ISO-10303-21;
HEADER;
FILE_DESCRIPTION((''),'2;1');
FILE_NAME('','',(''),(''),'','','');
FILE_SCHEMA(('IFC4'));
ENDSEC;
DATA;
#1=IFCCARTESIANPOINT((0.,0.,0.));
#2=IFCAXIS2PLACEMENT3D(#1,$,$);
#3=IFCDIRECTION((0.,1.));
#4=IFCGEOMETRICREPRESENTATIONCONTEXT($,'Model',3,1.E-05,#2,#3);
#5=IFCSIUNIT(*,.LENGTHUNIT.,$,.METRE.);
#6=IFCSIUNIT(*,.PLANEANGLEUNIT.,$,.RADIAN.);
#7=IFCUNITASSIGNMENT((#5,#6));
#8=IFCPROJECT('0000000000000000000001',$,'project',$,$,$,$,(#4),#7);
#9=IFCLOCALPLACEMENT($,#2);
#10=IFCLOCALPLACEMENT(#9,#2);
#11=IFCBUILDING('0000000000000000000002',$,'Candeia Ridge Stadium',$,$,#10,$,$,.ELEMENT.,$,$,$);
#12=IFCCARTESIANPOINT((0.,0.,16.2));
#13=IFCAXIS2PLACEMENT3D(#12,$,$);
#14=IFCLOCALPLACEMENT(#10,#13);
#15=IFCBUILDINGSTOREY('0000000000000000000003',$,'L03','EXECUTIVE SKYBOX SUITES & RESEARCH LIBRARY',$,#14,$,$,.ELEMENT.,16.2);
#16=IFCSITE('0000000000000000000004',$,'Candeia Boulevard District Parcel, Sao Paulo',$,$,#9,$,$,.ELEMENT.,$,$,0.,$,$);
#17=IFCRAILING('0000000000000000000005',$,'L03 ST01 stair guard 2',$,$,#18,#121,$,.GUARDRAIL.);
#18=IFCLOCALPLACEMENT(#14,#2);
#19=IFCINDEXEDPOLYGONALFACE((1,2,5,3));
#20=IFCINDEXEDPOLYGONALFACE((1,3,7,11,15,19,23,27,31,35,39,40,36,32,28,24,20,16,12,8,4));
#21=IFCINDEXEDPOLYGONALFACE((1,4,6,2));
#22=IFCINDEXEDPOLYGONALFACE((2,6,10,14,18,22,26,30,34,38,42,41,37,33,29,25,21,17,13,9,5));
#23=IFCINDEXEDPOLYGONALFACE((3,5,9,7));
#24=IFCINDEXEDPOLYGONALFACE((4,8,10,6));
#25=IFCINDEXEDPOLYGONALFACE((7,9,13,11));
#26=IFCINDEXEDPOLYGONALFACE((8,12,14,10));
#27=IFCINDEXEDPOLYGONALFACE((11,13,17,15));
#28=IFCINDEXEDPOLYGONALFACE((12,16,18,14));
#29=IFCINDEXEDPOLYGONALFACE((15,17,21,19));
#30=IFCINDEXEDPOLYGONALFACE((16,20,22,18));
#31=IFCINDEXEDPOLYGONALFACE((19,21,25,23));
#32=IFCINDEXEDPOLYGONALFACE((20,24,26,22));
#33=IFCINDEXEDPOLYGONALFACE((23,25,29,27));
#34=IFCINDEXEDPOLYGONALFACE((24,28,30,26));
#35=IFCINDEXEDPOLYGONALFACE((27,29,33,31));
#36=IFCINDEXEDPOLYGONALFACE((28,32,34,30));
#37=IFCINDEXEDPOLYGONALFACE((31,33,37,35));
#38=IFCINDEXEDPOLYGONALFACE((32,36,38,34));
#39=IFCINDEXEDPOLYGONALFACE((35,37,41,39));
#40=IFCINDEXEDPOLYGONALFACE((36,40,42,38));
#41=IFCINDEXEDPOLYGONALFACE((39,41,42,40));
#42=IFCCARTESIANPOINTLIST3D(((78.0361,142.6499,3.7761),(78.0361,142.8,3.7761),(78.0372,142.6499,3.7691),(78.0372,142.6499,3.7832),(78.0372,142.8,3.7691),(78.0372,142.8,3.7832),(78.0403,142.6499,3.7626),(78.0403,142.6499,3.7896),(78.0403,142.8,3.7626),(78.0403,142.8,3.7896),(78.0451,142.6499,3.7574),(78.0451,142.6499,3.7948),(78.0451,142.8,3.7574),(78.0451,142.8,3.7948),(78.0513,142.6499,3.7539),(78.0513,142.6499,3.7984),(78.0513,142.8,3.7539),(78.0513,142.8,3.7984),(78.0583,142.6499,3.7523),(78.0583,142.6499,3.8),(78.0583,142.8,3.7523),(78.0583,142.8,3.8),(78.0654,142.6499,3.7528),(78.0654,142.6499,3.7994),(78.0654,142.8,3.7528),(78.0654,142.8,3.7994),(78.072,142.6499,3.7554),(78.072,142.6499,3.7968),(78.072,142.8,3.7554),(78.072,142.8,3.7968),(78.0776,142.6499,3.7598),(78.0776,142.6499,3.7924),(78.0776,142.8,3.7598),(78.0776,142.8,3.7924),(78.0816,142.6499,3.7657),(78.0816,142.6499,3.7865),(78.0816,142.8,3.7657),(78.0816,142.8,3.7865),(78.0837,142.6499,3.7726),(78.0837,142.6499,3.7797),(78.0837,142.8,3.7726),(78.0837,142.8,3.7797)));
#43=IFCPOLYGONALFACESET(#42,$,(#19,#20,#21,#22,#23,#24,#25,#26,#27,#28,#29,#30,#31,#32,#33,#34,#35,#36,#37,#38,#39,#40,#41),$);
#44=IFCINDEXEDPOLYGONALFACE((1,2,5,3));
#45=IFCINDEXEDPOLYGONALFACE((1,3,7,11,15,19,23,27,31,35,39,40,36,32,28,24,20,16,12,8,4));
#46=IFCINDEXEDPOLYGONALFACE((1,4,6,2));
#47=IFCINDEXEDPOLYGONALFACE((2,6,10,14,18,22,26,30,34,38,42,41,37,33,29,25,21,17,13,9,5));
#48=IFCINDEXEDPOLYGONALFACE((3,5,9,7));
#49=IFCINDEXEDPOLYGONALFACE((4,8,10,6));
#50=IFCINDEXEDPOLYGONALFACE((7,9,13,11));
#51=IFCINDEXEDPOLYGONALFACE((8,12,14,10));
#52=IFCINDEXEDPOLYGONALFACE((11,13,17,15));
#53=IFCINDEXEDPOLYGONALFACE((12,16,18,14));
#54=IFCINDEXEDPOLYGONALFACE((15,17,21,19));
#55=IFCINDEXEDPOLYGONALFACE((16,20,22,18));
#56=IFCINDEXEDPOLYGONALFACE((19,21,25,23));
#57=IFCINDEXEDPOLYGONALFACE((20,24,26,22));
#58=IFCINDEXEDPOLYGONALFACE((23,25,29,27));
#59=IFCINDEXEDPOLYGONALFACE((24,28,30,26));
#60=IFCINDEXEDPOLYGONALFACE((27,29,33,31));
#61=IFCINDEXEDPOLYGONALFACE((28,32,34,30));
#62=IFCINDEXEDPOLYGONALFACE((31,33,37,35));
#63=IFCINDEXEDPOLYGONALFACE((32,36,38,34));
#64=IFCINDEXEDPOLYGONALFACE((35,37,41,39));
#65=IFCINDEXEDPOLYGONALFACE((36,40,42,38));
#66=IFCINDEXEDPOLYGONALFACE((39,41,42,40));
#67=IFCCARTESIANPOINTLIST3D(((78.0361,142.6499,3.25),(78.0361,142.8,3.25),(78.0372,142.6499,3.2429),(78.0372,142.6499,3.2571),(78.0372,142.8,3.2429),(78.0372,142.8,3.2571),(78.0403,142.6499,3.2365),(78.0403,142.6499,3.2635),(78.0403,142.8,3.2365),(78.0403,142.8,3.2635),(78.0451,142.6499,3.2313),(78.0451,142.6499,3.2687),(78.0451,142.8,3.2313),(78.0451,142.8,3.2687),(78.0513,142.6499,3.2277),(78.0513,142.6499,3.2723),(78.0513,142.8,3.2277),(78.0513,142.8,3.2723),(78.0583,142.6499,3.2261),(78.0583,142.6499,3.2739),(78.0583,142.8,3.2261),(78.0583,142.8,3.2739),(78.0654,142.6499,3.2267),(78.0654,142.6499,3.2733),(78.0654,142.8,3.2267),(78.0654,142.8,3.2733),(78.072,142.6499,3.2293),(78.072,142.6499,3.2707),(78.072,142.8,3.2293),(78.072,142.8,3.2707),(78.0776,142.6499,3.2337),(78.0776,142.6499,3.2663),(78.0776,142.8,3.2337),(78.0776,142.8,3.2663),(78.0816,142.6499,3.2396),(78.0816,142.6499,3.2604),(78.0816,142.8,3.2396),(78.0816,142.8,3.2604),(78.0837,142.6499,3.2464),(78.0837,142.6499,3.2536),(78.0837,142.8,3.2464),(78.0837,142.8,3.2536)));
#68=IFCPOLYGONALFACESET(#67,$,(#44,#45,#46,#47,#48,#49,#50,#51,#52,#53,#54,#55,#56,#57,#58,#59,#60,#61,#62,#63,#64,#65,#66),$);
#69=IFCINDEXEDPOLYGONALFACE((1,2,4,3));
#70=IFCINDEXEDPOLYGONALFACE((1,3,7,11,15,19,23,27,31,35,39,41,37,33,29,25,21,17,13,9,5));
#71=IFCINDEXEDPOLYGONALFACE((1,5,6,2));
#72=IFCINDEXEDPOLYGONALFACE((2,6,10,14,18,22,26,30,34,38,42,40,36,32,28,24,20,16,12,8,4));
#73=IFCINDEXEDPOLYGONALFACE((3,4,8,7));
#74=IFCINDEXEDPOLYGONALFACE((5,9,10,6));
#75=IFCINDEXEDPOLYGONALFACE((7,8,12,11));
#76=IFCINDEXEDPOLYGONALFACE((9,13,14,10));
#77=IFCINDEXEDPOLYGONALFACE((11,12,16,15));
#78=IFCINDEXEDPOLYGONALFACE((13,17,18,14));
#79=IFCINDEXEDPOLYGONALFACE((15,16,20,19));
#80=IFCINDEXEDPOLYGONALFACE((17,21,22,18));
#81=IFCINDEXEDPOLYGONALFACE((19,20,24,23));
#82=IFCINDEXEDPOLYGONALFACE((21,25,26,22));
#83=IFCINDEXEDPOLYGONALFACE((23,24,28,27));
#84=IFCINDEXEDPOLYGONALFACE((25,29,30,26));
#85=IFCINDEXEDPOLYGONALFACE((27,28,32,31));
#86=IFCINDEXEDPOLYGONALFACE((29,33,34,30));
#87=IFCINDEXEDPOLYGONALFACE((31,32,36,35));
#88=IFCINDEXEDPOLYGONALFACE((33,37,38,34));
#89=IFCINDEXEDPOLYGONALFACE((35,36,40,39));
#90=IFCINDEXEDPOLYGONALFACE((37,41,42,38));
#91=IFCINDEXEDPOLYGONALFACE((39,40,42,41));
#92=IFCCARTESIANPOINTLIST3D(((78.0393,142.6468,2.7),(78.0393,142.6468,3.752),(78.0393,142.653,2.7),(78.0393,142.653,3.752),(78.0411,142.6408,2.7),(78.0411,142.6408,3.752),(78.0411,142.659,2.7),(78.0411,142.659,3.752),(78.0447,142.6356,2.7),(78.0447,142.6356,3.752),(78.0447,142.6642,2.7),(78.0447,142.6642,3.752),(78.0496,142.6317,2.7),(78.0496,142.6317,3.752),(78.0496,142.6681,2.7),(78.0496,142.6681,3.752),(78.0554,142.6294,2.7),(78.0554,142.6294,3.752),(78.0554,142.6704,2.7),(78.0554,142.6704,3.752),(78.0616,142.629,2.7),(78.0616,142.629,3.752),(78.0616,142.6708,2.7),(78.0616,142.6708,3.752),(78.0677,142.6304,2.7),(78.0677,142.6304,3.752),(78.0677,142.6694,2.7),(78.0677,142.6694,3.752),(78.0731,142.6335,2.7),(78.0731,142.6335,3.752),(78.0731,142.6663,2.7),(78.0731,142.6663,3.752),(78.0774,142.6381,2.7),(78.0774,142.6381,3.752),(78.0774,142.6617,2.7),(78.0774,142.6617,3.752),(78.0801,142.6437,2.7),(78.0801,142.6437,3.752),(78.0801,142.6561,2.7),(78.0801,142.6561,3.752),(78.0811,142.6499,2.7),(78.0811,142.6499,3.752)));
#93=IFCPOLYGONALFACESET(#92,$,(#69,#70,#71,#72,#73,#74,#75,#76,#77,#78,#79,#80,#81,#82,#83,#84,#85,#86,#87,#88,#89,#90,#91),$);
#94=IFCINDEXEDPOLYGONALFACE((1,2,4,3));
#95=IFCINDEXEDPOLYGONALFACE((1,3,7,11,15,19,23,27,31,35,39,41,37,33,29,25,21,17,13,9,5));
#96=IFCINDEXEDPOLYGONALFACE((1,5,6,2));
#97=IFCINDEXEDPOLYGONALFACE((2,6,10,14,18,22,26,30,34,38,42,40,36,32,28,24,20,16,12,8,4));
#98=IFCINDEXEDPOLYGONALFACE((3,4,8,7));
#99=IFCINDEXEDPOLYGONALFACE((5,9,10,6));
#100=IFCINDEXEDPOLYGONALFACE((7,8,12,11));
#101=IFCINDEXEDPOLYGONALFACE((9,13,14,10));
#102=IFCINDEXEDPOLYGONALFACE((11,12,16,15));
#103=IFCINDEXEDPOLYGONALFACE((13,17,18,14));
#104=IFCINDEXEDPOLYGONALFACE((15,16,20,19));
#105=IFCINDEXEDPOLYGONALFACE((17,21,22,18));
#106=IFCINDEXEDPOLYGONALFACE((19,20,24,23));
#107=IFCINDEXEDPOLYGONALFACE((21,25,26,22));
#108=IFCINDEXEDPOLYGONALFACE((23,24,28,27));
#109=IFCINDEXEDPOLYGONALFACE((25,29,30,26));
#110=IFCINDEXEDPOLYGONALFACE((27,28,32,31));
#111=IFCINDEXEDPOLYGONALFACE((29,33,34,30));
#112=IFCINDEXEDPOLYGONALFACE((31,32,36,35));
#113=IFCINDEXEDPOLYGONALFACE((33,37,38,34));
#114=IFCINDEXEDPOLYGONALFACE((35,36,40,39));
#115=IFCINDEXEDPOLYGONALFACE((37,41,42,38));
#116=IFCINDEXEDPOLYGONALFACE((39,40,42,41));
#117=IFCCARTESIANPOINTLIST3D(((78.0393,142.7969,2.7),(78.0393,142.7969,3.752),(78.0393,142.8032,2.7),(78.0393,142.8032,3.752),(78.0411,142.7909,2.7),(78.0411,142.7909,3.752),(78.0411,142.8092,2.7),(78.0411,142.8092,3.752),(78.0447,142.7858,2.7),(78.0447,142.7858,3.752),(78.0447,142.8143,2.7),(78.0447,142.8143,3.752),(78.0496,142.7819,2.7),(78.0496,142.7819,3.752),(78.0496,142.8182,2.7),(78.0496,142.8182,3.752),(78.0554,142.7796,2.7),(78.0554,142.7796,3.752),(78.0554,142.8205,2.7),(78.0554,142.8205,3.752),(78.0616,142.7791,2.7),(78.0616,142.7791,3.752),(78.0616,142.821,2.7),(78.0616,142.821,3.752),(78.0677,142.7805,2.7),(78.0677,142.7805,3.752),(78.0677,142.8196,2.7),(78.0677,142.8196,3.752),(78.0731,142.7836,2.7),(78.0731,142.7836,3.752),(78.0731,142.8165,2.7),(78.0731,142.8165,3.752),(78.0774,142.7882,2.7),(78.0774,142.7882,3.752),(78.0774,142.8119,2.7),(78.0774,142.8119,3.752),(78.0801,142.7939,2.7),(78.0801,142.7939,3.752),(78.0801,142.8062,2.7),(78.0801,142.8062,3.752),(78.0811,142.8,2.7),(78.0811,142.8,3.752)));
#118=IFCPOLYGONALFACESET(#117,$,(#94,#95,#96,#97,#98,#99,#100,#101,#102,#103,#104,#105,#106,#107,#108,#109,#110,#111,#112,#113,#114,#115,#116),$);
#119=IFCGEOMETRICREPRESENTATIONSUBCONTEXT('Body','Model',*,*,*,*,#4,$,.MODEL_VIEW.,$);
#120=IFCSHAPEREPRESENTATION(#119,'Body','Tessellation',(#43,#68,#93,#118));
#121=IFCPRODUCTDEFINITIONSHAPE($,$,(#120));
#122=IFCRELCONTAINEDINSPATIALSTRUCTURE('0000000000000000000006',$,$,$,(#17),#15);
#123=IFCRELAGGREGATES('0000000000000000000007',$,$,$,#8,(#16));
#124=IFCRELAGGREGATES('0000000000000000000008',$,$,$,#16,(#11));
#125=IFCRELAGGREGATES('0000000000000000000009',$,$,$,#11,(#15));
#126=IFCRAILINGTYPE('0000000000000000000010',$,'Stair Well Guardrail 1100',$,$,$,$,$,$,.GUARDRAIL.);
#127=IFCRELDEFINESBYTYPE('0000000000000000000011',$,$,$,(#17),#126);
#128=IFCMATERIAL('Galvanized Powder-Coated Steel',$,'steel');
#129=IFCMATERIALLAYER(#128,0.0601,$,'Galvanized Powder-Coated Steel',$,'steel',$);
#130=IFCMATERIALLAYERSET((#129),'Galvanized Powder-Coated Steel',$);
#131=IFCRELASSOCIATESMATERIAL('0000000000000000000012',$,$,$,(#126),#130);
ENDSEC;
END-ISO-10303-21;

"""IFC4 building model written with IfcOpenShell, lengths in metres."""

from ifc_helpers import new_model, si_unit, direction, frame, origin, origin_2d, place, context, subcontext, project, spatial, circle, extrude, material, layer, layer_set, type_object, element, save


model = new_model("IFC4")

# Units and contexts
model_context = context("Model", 3, precision=1e-05, world=origin(), true_north=direction((0.0, 1.0)))
body_context = subcontext(model_context, "Body", "Model", "MODEL_VIEW")
ifc_project = project(units=[si_unit("LENGTHUNIT", "METRE"), si_unit("PLANEANGLEUNIT", "RADIAN")], contexts=[model_context])

# Site, building, storey
site_placement = place(None, origin())
site = spatial("IfcSite", under=ifc_project, at=site_placement, Name="Candeia Boulevard District Parcel, Sao Paulo", CompositionType="ELEMENT", RefElevation=0.0)
building_placement = place(site_placement, origin())
building = spatial("IfcBuilding", under=site, at=building_placement, Name="Candeia Ridge Stadium", CompositionType="ELEMENT")
storey_placement = place(building_placement, frame((0.0, 0.0, 16.2)))
storey = spatial("IfcBuildingStorey", under=building, at=storey_placement, Name="L03", Description="EXECUTIVE SKYBOX SUITES & RESEARCH LIBRARY", CompositionType="ELEMENT", Elevation=16.2)

# Railing
ifc_material_1 = material(Name="Galvanized Powder-Coated Steel", Category="steel")
ifc_layer_1 = layer(ifc_material_1, 0.0601, Name="Galvanized Powder-Coated Steel", Category="steel")
ifc_layer_set_1 = layer_set([ifc_layer_1], Name="Galvanized Powder-Coated Steel")
railing_type_1 = type_object("IfcRailingType", Name="Stair Well Guardrail 1100", PredefinedType="GUARDRAIL", material=ifc_layer_set_1)
railing_1_placement = place(storey_placement, frame((78.0601, 142.6499, 2.7)))
element("IfcRailing", 1, at=railing_1_placement, inside=storey, type_object=railing_type_1, Name="L03 ST01 stair guard 2", PredefinedType="GUARDRAIL", context=body_context, shape_type="SweptSolid", body=[
    extrude(circle(Radius=0.0239, at=origin_2d()), frame((0.0, 0.0, 1.0762), z_axis=(0.0, 1.0, 0.0), x_axis=(-1.0, 0.0, 0.0)), (0.0, 0.0, 1.0), 0.1501),
    extrude(circle(Radius=0.0239, at=origin_2d()), frame((0.0, 0.0, 0.55), z_axis=(0.0, 1.0, 0.0), x_axis=(-1.0, 0.0, 0.0)), (0.0, 0.0, 1.0), 0.1501),
    extrude(circle(Radius=0.021, at=origin_2d()), origin(), (0.0, 0.0, 1.0), 1.052),
    extrude(circle(Radius=0.021, at=origin_2d()), frame((0.0, 0.1501, 0.0)), (0.0, 0.0, 1.0), 1.052),
])

save(model, "model.ifc")
